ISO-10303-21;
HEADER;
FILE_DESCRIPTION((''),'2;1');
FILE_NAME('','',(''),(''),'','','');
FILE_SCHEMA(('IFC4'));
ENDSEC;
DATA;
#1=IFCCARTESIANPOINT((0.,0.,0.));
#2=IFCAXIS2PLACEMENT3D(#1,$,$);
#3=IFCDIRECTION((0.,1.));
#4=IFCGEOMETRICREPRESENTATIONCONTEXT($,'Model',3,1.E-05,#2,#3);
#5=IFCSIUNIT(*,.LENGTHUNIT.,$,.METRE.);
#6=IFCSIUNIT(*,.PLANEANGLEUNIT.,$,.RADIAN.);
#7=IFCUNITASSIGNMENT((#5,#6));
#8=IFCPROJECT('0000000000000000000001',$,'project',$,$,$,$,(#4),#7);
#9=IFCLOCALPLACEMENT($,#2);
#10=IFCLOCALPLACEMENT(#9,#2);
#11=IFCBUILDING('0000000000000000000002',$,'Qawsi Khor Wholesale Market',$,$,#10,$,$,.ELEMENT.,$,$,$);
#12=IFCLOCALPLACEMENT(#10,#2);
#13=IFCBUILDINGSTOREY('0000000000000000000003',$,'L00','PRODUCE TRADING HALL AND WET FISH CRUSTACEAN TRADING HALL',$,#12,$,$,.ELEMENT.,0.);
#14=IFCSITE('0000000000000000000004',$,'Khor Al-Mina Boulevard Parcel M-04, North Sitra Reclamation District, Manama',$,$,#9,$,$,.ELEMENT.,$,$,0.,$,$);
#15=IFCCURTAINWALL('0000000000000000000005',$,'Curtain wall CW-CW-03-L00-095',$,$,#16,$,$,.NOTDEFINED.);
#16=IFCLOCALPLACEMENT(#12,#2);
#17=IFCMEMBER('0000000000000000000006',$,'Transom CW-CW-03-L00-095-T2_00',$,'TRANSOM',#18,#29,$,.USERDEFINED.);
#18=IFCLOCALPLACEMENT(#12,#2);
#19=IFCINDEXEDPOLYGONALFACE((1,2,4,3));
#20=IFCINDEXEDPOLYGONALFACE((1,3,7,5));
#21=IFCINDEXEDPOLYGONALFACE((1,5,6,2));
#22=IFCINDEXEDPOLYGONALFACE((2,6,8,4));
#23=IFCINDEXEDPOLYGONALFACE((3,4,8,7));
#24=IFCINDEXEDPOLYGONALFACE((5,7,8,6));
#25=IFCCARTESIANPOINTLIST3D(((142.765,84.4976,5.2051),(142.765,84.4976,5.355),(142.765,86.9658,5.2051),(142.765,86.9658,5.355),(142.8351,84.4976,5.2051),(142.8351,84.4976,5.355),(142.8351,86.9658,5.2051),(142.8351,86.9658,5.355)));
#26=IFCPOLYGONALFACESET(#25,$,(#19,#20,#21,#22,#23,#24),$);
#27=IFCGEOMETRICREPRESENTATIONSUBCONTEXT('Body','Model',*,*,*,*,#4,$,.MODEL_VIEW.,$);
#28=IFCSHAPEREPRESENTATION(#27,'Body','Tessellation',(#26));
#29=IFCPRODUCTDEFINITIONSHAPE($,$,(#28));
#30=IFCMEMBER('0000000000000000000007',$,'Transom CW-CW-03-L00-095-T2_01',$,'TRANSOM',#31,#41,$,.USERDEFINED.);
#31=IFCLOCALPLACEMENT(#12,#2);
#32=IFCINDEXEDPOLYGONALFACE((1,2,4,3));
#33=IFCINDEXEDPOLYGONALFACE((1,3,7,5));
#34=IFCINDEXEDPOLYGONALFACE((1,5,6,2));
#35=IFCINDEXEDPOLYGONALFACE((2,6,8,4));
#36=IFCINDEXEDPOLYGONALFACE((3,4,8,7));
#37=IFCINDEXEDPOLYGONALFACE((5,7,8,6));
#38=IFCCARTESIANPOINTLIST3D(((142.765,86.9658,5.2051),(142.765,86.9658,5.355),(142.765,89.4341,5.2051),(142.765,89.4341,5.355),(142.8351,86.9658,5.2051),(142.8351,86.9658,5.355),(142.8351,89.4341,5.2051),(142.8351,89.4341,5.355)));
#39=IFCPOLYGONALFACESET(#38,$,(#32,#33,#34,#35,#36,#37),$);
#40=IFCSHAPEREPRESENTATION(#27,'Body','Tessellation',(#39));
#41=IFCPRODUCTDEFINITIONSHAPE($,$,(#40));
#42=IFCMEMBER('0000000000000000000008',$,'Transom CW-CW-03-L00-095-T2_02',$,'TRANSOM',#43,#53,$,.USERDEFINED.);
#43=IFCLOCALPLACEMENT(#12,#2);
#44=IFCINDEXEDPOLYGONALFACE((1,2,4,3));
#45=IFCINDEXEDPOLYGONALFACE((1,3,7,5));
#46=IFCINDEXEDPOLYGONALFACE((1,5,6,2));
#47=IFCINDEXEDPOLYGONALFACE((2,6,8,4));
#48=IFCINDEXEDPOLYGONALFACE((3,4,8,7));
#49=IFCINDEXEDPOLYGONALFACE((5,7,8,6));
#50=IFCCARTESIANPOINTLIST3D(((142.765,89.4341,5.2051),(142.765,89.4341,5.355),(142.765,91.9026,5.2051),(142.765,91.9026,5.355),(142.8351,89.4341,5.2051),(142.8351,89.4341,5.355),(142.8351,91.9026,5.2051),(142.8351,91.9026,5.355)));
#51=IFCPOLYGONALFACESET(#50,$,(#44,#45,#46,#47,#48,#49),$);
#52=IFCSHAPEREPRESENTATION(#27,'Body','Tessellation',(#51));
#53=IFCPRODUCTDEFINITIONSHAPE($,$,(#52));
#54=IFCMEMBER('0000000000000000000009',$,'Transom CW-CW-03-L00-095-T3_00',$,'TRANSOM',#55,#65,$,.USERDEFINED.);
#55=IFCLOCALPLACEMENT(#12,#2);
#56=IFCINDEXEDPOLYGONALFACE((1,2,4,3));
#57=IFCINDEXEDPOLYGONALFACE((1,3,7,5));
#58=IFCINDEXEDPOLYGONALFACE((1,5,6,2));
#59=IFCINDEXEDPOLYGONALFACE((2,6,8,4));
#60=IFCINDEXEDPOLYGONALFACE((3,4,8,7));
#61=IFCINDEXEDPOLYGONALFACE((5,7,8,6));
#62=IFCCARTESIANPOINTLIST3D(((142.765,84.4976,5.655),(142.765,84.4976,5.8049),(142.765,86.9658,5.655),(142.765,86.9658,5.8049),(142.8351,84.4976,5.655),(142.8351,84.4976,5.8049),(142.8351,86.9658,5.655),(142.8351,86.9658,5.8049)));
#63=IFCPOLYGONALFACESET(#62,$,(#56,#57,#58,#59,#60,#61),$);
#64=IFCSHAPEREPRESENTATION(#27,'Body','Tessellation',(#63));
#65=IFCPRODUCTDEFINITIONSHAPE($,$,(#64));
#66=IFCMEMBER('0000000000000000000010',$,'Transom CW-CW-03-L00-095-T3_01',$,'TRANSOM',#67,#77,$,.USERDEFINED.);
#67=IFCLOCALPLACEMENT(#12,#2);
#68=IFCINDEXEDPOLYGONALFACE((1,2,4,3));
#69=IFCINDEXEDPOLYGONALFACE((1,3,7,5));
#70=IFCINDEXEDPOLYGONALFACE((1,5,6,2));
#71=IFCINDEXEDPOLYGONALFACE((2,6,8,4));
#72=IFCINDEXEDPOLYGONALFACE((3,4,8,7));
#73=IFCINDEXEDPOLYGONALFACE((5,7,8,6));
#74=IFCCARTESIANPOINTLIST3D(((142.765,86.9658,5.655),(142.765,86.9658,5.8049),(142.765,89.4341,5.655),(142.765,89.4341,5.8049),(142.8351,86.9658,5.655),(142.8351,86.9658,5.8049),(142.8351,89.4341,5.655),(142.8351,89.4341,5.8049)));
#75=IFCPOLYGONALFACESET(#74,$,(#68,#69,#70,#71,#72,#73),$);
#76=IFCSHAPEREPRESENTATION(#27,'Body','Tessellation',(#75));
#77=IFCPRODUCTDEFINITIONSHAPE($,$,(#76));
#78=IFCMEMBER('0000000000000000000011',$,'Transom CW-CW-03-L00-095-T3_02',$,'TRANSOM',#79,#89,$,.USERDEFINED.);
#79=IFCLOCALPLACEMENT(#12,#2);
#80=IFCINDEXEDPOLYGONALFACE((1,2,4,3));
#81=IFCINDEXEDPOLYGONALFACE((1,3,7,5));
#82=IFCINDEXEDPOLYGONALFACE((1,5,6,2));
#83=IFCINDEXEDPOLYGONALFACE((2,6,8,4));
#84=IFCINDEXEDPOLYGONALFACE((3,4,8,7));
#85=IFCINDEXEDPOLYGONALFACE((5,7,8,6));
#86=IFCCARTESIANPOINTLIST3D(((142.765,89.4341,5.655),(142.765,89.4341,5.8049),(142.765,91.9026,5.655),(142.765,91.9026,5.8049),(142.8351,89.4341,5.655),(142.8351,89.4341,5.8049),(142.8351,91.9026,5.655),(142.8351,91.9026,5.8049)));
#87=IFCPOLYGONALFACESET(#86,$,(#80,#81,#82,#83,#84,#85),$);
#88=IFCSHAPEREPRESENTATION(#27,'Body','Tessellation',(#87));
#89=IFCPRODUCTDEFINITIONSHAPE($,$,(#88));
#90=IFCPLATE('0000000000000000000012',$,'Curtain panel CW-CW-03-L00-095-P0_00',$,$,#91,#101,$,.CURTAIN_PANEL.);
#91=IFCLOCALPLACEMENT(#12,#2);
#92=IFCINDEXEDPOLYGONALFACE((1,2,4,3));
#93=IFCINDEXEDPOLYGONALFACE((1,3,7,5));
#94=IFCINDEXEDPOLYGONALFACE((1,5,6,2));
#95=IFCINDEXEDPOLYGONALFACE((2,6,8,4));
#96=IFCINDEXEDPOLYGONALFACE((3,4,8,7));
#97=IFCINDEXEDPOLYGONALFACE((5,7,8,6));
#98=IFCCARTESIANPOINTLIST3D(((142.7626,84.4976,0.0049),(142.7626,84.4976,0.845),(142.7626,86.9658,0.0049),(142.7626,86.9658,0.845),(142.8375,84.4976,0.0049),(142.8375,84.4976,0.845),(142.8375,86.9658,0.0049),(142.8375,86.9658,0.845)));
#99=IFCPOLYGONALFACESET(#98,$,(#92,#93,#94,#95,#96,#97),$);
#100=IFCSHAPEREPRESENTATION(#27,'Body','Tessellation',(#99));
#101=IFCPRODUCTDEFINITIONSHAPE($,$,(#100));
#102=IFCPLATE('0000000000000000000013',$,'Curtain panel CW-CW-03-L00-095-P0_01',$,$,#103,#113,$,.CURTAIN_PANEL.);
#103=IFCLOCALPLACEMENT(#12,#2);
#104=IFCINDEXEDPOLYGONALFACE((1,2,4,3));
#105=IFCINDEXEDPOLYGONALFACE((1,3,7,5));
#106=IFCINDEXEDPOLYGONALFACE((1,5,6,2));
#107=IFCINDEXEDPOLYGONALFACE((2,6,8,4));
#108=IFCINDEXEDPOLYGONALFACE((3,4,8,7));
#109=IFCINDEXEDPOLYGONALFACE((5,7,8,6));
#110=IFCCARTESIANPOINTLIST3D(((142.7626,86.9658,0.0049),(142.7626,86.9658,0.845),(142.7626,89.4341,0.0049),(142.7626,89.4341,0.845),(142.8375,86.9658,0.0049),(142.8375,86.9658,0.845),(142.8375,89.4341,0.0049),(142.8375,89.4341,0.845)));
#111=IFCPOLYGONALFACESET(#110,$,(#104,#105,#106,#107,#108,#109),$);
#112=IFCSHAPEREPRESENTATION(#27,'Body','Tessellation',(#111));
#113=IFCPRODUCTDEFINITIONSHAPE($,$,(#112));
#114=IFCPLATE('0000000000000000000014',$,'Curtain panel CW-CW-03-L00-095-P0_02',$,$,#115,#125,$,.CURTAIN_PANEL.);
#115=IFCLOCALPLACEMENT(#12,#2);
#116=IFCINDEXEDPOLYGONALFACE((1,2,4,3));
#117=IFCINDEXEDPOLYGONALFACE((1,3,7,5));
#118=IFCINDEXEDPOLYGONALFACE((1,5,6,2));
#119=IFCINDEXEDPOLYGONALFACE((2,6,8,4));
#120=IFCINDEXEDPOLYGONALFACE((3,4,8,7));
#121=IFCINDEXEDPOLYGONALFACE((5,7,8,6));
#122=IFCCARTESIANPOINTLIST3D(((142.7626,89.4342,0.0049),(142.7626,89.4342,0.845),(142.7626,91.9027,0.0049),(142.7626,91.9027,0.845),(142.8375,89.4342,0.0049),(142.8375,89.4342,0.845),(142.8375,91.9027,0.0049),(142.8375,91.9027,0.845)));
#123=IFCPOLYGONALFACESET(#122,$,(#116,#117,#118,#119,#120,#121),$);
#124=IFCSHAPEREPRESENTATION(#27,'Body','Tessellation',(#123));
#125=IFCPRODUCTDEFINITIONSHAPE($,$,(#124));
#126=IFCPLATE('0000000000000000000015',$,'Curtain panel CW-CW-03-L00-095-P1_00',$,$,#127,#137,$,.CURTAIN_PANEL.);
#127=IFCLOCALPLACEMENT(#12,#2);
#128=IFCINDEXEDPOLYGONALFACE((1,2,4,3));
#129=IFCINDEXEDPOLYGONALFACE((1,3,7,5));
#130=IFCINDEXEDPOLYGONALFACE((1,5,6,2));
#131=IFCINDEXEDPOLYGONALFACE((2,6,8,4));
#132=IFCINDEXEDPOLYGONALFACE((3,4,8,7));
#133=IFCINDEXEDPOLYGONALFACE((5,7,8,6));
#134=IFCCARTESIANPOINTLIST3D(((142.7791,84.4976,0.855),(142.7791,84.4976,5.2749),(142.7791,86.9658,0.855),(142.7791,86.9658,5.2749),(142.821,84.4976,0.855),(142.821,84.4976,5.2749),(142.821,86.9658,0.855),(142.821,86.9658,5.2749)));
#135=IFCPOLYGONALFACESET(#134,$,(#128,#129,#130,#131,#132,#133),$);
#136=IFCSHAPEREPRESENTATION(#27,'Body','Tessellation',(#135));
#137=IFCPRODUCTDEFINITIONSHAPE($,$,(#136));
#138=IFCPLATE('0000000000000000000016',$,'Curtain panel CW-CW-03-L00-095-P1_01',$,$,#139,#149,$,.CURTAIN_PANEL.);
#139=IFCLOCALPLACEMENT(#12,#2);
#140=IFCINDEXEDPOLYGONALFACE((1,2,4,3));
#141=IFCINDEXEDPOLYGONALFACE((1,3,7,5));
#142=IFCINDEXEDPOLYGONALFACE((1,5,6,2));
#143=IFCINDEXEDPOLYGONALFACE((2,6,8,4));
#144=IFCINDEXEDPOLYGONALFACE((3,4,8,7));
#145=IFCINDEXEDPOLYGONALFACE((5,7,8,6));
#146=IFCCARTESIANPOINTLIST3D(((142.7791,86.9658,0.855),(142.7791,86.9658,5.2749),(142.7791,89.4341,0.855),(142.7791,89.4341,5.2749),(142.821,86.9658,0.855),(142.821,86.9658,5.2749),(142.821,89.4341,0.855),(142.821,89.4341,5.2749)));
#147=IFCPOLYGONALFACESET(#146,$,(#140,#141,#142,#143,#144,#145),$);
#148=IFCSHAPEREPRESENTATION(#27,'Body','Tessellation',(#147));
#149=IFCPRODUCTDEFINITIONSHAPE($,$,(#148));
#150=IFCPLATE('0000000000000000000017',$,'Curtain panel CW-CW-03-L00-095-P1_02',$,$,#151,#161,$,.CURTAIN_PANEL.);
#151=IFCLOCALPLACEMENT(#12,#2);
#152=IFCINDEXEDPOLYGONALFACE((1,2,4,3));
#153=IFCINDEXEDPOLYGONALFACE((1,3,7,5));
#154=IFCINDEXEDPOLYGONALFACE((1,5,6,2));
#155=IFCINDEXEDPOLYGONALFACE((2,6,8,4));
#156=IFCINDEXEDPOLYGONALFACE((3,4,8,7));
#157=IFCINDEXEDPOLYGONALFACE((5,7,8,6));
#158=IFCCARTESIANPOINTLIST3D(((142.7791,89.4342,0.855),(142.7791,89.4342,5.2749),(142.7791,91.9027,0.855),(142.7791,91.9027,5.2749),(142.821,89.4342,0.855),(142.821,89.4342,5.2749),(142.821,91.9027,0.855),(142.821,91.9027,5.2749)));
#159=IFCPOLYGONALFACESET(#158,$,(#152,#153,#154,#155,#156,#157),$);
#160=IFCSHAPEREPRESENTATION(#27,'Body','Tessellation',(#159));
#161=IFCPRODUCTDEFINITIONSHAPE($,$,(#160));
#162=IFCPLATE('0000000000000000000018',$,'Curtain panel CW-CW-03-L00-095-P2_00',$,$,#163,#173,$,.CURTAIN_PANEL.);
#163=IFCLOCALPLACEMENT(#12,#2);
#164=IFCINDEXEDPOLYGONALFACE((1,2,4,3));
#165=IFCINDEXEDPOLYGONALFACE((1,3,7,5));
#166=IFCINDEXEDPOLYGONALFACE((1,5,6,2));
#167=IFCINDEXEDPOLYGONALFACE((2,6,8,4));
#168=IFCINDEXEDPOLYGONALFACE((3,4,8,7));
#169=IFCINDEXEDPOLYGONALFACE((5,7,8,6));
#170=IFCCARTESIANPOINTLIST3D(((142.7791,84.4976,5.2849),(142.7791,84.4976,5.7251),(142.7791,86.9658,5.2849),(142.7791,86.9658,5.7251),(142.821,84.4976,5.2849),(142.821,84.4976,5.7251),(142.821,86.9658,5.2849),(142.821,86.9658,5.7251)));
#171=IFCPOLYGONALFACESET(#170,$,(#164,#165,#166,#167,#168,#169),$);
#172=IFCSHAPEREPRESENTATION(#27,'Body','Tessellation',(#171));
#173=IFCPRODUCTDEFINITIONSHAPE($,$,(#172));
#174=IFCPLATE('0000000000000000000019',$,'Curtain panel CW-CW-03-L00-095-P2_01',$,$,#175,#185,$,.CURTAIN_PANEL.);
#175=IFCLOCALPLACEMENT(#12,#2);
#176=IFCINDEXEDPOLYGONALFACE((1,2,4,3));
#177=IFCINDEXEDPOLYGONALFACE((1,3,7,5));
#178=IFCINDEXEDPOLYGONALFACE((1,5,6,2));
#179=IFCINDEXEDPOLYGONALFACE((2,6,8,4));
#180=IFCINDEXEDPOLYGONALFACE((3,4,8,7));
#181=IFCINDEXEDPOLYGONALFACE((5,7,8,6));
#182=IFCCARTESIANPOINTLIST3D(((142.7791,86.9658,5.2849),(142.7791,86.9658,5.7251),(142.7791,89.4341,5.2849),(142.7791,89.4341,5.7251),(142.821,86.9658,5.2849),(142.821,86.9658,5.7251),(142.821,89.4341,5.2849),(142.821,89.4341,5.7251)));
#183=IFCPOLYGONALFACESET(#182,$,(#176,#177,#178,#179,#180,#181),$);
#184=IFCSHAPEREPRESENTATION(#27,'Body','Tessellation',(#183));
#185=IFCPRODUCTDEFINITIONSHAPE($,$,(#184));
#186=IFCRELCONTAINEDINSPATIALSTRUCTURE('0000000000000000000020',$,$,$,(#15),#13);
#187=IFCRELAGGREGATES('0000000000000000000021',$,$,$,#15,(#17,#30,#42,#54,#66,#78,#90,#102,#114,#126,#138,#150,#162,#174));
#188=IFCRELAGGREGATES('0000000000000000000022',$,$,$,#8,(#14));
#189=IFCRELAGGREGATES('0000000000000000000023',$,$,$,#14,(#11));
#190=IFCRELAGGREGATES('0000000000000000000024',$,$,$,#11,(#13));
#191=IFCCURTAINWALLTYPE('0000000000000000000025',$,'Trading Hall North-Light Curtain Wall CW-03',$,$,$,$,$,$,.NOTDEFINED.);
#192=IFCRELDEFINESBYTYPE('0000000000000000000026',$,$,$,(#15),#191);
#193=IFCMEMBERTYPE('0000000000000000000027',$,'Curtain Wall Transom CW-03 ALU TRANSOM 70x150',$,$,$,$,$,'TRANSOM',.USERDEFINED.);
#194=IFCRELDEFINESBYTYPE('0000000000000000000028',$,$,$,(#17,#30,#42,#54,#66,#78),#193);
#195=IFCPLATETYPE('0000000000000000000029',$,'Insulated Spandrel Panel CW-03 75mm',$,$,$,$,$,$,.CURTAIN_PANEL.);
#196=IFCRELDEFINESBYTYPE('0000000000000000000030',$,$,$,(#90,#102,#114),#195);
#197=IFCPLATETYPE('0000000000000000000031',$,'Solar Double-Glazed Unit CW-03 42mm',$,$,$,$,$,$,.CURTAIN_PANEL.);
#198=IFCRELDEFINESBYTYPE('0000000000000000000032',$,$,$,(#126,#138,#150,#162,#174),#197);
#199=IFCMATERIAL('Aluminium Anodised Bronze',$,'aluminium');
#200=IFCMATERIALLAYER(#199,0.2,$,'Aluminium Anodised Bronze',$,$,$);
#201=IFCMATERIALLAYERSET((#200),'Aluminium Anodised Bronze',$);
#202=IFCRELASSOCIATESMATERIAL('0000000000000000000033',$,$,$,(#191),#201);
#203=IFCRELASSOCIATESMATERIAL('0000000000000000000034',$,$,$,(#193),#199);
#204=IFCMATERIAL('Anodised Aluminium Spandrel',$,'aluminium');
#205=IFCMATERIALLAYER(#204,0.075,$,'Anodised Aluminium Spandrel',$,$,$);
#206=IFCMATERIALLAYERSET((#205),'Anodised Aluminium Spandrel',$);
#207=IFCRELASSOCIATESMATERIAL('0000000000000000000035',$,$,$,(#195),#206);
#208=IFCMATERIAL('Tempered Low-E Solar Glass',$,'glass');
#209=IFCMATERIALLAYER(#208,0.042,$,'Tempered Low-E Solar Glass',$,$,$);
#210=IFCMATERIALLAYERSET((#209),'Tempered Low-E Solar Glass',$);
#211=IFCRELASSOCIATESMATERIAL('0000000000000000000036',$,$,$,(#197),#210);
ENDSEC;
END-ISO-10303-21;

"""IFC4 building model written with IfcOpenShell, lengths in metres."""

from ifc_helpers import new_model, si_unit, direction, frame, frame_2d, origin, origin_2d, place, context, subcontext, project, spatial, rectangle, extrude, material, layer, layer_set, material_profile, profile_set, type_object, element, aggregate, save


model = new_model("IFC4")

# Units and contexts
model_context = context("Model", 3, precision=1e-05, world=origin(), true_north=direction((0.0, 1.0)))
body_context = subcontext(model_context, "Body", "Model", "MODEL_VIEW")
ifc_project = project(units=[si_unit("LENGTHUNIT", "METRE"), si_unit("PLANEANGLEUNIT", "RADIAN")], contexts=[model_context])

# Site, building, storey
site_placement = place(None, origin())
site = spatial("IfcSite", under=ifc_project, at=site_placement, Name="Khor Al-Mina Boulevard Parcel M-04, North Sitra Reclamation District, Manama", CompositionType="ELEMENT", RefElevation=0.0)
building_placement = place(site_placement, origin())
building = spatial("IfcBuilding", under=site, at=building_placement, Name="Qawsi Khor Wholesale Market", CompositionType="ELEMENT")
storey_placement = place(building_placement, origin())
storey = spatial("IfcBuildingStorey", under=building, at=storey_placement, Name="L00", Description="PRODUCE TRADING HALL AND WET FISH CRUSTACEAN TRADING HALL", CompositionType="ELEMENT", Elevation=0.0)

# Curtain wall, members, plates
ifc_material_1 = material(Name="Aluminium Anodised Bronze", Category="aluminium")
ifc_layer_1 = layer(ifc_material_1, 0.2, Name="Aluminium Anodised Bronze")
ifc_layer_set_1 = layer_set([ifc_layer_1], Name="Aluminium Anodised Bronze")
curtain_wall_type = type_object("IfcCurtainWallType", Name="Trading Hall North-Light Curtain Wall CW-03", PredefinedType="NOTDEFINED", material=ifc_layer_set_1)
curtain_wall_placement = place(storey_placement, origin())
curtain_wall = element("IfcCurtainWall", 1, at=curtain_wall_placement, inside=storey, type_object=curtain_wall_type, Name="Curtain wall CW-CW-03-L00-095", PredefinedType="NOTDEFINED")
ifc_material_profile_1 = material_profile(ifc_material_1, rectangle(XDim=0.0701, YDim=0.1499, at=origin_2d()), Name="ALU TRANSOM 70x150")
ifc_profile_set_1 = profile_set([ifc_material_profile_1], Name="Aluminium Anodised Bronze")
member_type_1 = type_object("IfcMemberType", Name="Curtain Wall Transom CW-03 ALU TRANSOM 70x150", ElementType="TRANSOM", PredefinedType="USERDEFINED", material=ifc_profile_set_1)
member_1_placement = place(storey_placement, frame((142.8, 84.4976, 5.28), z_axis=(0.0, 1.0, 0.0), x_axis=(-1.0, 0.0, 0.0)))
member_1 = element("IfcMember", 2, at=member_1_placement, type_object=member_type_1, Name="Transom CW-CW-03-L00-095-T2_00", ObjectType="TRANSOM", PredefinedType="USERDEFINED", context=body_context, shape_type="SweptSolid", body=[
    extrude(rectangle(XDim=0.0701, YDim=0.1499, at=origin_2d()), origin(), (0.0, 0.0, 1.0), 2.4683),
])
member_2_placement = place(storey_placement, frame((142.8, 86.9658, 5.28), z_axis=(0.0, 1.0, 0.0), x_axis=(-1.0, 0.0, 0.0)))
member_2 = element("IfcMember", 3, at=member_2_placement, type_object=member_type_1, Name="Transom CW-CW-03-L00-095-T2_01", ObjectType="TRANSOM", PredefinedType="USERDEFINED", context=body_context, shape_type="SweptSolid", body=[
    extrude(rectangle(XDim=0.0701, YDim=0.1499, at=origin_2d()), origin(), (0.0, 0.0, 1.0), 2.4683),
])
member_3_placement = place(storey_placement, frame((142.8, 89.4341, 5.28), z_axis=(0.0, 1.0, 0.0), x_axis=(-1.0, 0.0, 0.0)))
member_3 = element("IfcMember", 4, at=member_3_placement, type_object=member_type_1, Name="Transom CW-CW-03-L00-095-T2_02", ObjectType="TRANSOM", PredefinedType="USERDEFINED", context=body_context, shape_type="SweptSolid", body=[
    extrude(rectangle(XDim=0.0701, YDim=0.1499, at=origin_2d()), origin(), (0.0, 0.0, 1.0), 2.4685),
])
member_4_placement = place(storey_placement, frame((142.8, 84.4976, 5.73), z_axis=(0.0, 1.0, 0.0), x_axis=(-1.0, 0.0, 0.0)))
member_4 = element("IfcMember", 5, at=member_4_placement, type_object=member_type_1, Name="Transom CW-CW-03-L00-095-T3_00", ObjectType="TRANSOM", PredefinedType="USERDEFINED", context=body_context, shape_type="SweptSolid", body=[
    extrude(rectangle(XDim=0.0701, YDim=0.1499, at=origin_2d()), origin(), (0.0, 0.0, 1.0), 2.4683),
])
member_5_placement = place(storey_placement, frame((142.8, 86.9658, 5.73), z_axis=(0.0, 1.0, 0.0), x_axis=(-1.0, 0.0, 0.0)))
member_5 = element("IfcMember", 6, at=member_5_placement, type_object=member_type_1, Name="Transom CW-CW-03-L00-095-T3_01", ObjectType="TRANSOM", PredefinedType="USERDEFINED", context=body_context, shape_type="SweptSolid", body=[
    extrude(rectangle(XDim=0.0701, YDim=0.1499, at=origin_2d()), origin(), (0.0, 0.0, 1.0), 2.4683),
])
member_6_placement = place(storey_placement, frame((142.8, 89.4341, 5.73), z_axis=(0.0, 1.0, 0.0), x_axis=(-1.0, 0.0, 0.0)))
member_6 = element("IfcMember", 7, at=member_6_placement, type_object=member_type_1, Name="Transom CW-CW-03-L00-095-T3_02", ObjectType="TRANSOM", PredefinedType="USERDEFINED", context=body_context, shape_type="SweptSolid", body=[
    extrude(rectangle(XDim=0.0701, YDim=0.1499, at=origin_2d()), origin(), (0.0, 0.0, 1.0), 2.4685),
])
ifc_material_2 = material(Name="Anodised Aluminium Spandrel", Category="aluminium")
ifc_layer_2 = layer(ifc_material_2, 0.075, Name="Anodised Aluminium Spandrel")
ifc_layer_set_2 = layer_set([ifc_layer_2], Name="Anodised Aluminium Spandrel")
plate_type_1 = type_object("IfcPlateType", Name="Insulated Spandrel Panel CW-03 75mm", PredefinedType="CURTAIN_PANEL", material=ifc_layer_set_2)
plate_1_placement = place(storey_placement, frame((142.8, 84.4976, 0.0049), z_axis=(0.0, 0.0, 1.0), x_axis=(0.0, 1.0, 0.0)))
plate_1 = element("IfcPlate", 8, at=plate_1_placement, type_object=plate_type_1, Name="Curtain panel CW-CW-03-L00-095-P0_00", PredefinedType="CURTAIN_PANEL", context=body_context, shape_type="SweptSolid", body=[
    extrude(rectangle(XDim=2.4683, YDim=0.075, at=frame_2d((1.2341, 0.0))), origin(), (0.0, 0.0, 1.0), 0.8401),
])
plate_2_placement = place(storey_placement, frame((142.8, 86.9658, 0.0049), z_axis=(0.0, 0.0, 1.0), x_axis=(0.0, 1.0, 0.0)))
plate_2 = element("IfcPlate", 9, at=plate_2_placement, type_object=plate_type_1, Name="Curtain panel CW-CW-03-L00-095-P0_01", PredefinedType="CURTAIN_PANEL", context=body_context, shape_type="SweptSolid", body=[
    extrude(rectangle(XDim=2.4683, YDim=0.075, at=frame_2d((1.2341, 0.0))), origin(), (0.0, 0.0, 1.0), 0.8401),
])
plate_3_placement = place(storey_placement, frame((142.8, 89.4341, 0.0049), z_axis=(0.0, 0.0, 1.0), x_axis=(0.0, 1.0, 0.0)))
plate_3 = element("IfcPlate", 10, at=plate_3_placement, type_object=plate_type_1, Name="Curtain panel CW-CW-03-L00-095-P0_02", PredefinedType="CURTAIN_PANEL", context=body_context, shape_type="SweptSolid", body=[
    extrude(rectangle(XDim=2.4685, YDim=0.075, at=frame_2d((1.2344, 0.0))), origin(), (0.0, 0.0, 1.0), 0.8401),
])
ifc_material_3 = material(Name="Tempered Low-E Solar Glass", Category="glass")
ifc_layer_3 = layer(ifc_material_3, 0.042, Name="Tempered Low-E Solar Glass")
ifc_layer_set_3 = layer_set([ifc_layer_3], Name="Tempered Low-E Solar Glass")
plate_type_2 = type_object("IfcPlateType", Name="Solar Double-Glazed Unit CW-03 42mm", PredefinedType="CURTAIN_PANEL", material=ifc_layer_set_3)
plate_4_placement = place(storey_placement, frame((142.8, 84.4976, 0.855), z_axis=(0.0, 0.0, 1.0), x_axis=(0.0, 1.0, 0.0)))
plate_4 = element("IfcPlate", 11, at=plate_4_placement, type_object=plate_type_2, Name="Curtain panel CW-CW-03-L00-095-P1_00", PredefinedType="CURTAIN_PANEL", context=body_context, shape_type="SweptSolid", body=[
    extrude(rectangle(XDim=2.4683, YDim=0.042, at=frame_2d((1.2341, 0.0))), origin(), (0.0, 0.0, 1.0), 4.4199),
])
plate_5_placement = place(storey_placement, frame((142.8, 86.9658, 0.855), z_axis=(0.0, 0.0, 1.0), x_axis=(0.0, 1.0, 0.0)))
plate_5 = element("IfcPlate", 12, at=plate_5_placement, type_object=plate_type_2, Name="Curtain panel CW-CW-03-L00-095-P1_01", PredefinedType="CURTAIN_PANEL", context=body_context, shape_type="SweptSolid", body=[
    extrude(rectangle(XDim=2.4683, YDim=0.042, at=frame_2d((1.2341, 0.0))), origin(), (0.0, 0.0, 1.0), 4.4199),
])
plate_6_placement = place(storey_placement, frame((142.8, 89.4341, 0.855), z_axis=(0.0, 0.0, 1.0), x_axis=(0.0, 1.0, 0.0)))
plate_6 = element("IfcPlate", 13, at=plate_6_placement, type_object=plate_type_2, Name="Curtain panel CW-CW-03-L00-095-P1_02", PredefinedType="CURTAIN_PANEL", context=body_context, shape_type="SweptSolid", body=[
    extrude(rectangle(XDim=2.4685, YDim=0.042, at=frame_2d((1.2344, 0.0))), origin(), (0.0, 0.0, 1.0), 4.4199),
])
plate_7_placement = place(storey_placement, frame((142.8, 84.4976, 5.2849), z_axis=(0.0, 0.0, 1.0), x_axis=(0.0, 1.0, 0.0)))
plate_7 = element("IfcPlate", 14, at=plate_7_placement, type_object=plate_type_2, Name="Curtain panel CW-CW-03-L00-095-P2_00", PredefinedType="CURTAIN_PANEL", context=body_context, shape_type="SweptSolid", body=[
    extrude(rectangle(XDim=2.4683, YDim=0.042, at=frame_2d((1.2341, 0.0))), origin(), (0.0, 0.0, 1.0), 0.4402),
])
plate_8_placement = place(storey_placement, frame((142.8, 86.9658, 5.2849), z_axis=(0.0, 0.0, 1.0), x_axis=(0.0, 1.0, 0.0)))
plate_8 = element("IfcPlate", 15, at=plate_8_placement, type_object=plate_type_2, Name="Curtain panel CW-CW-03-L00-095-P2_01", PredefinedType="CURTAIN_PANEL", context=body_context, shape_type="SweptSolid", body=[
    extrude(rectangle(XDim=2.4683, YDim=0.042, at=frame_2d((1.2341, 0.0))), origin(), (0.0, 0.0, 1.0), 0.4402),
])
aggregate(curtain_wall, [member_1, member_2, member_3, member_4, member_5, member_6, plate_1, plate_2, plate_3, plate_4, plate_5, plate_6, plate_7, plate_8])

save(model, "model.ifc")
